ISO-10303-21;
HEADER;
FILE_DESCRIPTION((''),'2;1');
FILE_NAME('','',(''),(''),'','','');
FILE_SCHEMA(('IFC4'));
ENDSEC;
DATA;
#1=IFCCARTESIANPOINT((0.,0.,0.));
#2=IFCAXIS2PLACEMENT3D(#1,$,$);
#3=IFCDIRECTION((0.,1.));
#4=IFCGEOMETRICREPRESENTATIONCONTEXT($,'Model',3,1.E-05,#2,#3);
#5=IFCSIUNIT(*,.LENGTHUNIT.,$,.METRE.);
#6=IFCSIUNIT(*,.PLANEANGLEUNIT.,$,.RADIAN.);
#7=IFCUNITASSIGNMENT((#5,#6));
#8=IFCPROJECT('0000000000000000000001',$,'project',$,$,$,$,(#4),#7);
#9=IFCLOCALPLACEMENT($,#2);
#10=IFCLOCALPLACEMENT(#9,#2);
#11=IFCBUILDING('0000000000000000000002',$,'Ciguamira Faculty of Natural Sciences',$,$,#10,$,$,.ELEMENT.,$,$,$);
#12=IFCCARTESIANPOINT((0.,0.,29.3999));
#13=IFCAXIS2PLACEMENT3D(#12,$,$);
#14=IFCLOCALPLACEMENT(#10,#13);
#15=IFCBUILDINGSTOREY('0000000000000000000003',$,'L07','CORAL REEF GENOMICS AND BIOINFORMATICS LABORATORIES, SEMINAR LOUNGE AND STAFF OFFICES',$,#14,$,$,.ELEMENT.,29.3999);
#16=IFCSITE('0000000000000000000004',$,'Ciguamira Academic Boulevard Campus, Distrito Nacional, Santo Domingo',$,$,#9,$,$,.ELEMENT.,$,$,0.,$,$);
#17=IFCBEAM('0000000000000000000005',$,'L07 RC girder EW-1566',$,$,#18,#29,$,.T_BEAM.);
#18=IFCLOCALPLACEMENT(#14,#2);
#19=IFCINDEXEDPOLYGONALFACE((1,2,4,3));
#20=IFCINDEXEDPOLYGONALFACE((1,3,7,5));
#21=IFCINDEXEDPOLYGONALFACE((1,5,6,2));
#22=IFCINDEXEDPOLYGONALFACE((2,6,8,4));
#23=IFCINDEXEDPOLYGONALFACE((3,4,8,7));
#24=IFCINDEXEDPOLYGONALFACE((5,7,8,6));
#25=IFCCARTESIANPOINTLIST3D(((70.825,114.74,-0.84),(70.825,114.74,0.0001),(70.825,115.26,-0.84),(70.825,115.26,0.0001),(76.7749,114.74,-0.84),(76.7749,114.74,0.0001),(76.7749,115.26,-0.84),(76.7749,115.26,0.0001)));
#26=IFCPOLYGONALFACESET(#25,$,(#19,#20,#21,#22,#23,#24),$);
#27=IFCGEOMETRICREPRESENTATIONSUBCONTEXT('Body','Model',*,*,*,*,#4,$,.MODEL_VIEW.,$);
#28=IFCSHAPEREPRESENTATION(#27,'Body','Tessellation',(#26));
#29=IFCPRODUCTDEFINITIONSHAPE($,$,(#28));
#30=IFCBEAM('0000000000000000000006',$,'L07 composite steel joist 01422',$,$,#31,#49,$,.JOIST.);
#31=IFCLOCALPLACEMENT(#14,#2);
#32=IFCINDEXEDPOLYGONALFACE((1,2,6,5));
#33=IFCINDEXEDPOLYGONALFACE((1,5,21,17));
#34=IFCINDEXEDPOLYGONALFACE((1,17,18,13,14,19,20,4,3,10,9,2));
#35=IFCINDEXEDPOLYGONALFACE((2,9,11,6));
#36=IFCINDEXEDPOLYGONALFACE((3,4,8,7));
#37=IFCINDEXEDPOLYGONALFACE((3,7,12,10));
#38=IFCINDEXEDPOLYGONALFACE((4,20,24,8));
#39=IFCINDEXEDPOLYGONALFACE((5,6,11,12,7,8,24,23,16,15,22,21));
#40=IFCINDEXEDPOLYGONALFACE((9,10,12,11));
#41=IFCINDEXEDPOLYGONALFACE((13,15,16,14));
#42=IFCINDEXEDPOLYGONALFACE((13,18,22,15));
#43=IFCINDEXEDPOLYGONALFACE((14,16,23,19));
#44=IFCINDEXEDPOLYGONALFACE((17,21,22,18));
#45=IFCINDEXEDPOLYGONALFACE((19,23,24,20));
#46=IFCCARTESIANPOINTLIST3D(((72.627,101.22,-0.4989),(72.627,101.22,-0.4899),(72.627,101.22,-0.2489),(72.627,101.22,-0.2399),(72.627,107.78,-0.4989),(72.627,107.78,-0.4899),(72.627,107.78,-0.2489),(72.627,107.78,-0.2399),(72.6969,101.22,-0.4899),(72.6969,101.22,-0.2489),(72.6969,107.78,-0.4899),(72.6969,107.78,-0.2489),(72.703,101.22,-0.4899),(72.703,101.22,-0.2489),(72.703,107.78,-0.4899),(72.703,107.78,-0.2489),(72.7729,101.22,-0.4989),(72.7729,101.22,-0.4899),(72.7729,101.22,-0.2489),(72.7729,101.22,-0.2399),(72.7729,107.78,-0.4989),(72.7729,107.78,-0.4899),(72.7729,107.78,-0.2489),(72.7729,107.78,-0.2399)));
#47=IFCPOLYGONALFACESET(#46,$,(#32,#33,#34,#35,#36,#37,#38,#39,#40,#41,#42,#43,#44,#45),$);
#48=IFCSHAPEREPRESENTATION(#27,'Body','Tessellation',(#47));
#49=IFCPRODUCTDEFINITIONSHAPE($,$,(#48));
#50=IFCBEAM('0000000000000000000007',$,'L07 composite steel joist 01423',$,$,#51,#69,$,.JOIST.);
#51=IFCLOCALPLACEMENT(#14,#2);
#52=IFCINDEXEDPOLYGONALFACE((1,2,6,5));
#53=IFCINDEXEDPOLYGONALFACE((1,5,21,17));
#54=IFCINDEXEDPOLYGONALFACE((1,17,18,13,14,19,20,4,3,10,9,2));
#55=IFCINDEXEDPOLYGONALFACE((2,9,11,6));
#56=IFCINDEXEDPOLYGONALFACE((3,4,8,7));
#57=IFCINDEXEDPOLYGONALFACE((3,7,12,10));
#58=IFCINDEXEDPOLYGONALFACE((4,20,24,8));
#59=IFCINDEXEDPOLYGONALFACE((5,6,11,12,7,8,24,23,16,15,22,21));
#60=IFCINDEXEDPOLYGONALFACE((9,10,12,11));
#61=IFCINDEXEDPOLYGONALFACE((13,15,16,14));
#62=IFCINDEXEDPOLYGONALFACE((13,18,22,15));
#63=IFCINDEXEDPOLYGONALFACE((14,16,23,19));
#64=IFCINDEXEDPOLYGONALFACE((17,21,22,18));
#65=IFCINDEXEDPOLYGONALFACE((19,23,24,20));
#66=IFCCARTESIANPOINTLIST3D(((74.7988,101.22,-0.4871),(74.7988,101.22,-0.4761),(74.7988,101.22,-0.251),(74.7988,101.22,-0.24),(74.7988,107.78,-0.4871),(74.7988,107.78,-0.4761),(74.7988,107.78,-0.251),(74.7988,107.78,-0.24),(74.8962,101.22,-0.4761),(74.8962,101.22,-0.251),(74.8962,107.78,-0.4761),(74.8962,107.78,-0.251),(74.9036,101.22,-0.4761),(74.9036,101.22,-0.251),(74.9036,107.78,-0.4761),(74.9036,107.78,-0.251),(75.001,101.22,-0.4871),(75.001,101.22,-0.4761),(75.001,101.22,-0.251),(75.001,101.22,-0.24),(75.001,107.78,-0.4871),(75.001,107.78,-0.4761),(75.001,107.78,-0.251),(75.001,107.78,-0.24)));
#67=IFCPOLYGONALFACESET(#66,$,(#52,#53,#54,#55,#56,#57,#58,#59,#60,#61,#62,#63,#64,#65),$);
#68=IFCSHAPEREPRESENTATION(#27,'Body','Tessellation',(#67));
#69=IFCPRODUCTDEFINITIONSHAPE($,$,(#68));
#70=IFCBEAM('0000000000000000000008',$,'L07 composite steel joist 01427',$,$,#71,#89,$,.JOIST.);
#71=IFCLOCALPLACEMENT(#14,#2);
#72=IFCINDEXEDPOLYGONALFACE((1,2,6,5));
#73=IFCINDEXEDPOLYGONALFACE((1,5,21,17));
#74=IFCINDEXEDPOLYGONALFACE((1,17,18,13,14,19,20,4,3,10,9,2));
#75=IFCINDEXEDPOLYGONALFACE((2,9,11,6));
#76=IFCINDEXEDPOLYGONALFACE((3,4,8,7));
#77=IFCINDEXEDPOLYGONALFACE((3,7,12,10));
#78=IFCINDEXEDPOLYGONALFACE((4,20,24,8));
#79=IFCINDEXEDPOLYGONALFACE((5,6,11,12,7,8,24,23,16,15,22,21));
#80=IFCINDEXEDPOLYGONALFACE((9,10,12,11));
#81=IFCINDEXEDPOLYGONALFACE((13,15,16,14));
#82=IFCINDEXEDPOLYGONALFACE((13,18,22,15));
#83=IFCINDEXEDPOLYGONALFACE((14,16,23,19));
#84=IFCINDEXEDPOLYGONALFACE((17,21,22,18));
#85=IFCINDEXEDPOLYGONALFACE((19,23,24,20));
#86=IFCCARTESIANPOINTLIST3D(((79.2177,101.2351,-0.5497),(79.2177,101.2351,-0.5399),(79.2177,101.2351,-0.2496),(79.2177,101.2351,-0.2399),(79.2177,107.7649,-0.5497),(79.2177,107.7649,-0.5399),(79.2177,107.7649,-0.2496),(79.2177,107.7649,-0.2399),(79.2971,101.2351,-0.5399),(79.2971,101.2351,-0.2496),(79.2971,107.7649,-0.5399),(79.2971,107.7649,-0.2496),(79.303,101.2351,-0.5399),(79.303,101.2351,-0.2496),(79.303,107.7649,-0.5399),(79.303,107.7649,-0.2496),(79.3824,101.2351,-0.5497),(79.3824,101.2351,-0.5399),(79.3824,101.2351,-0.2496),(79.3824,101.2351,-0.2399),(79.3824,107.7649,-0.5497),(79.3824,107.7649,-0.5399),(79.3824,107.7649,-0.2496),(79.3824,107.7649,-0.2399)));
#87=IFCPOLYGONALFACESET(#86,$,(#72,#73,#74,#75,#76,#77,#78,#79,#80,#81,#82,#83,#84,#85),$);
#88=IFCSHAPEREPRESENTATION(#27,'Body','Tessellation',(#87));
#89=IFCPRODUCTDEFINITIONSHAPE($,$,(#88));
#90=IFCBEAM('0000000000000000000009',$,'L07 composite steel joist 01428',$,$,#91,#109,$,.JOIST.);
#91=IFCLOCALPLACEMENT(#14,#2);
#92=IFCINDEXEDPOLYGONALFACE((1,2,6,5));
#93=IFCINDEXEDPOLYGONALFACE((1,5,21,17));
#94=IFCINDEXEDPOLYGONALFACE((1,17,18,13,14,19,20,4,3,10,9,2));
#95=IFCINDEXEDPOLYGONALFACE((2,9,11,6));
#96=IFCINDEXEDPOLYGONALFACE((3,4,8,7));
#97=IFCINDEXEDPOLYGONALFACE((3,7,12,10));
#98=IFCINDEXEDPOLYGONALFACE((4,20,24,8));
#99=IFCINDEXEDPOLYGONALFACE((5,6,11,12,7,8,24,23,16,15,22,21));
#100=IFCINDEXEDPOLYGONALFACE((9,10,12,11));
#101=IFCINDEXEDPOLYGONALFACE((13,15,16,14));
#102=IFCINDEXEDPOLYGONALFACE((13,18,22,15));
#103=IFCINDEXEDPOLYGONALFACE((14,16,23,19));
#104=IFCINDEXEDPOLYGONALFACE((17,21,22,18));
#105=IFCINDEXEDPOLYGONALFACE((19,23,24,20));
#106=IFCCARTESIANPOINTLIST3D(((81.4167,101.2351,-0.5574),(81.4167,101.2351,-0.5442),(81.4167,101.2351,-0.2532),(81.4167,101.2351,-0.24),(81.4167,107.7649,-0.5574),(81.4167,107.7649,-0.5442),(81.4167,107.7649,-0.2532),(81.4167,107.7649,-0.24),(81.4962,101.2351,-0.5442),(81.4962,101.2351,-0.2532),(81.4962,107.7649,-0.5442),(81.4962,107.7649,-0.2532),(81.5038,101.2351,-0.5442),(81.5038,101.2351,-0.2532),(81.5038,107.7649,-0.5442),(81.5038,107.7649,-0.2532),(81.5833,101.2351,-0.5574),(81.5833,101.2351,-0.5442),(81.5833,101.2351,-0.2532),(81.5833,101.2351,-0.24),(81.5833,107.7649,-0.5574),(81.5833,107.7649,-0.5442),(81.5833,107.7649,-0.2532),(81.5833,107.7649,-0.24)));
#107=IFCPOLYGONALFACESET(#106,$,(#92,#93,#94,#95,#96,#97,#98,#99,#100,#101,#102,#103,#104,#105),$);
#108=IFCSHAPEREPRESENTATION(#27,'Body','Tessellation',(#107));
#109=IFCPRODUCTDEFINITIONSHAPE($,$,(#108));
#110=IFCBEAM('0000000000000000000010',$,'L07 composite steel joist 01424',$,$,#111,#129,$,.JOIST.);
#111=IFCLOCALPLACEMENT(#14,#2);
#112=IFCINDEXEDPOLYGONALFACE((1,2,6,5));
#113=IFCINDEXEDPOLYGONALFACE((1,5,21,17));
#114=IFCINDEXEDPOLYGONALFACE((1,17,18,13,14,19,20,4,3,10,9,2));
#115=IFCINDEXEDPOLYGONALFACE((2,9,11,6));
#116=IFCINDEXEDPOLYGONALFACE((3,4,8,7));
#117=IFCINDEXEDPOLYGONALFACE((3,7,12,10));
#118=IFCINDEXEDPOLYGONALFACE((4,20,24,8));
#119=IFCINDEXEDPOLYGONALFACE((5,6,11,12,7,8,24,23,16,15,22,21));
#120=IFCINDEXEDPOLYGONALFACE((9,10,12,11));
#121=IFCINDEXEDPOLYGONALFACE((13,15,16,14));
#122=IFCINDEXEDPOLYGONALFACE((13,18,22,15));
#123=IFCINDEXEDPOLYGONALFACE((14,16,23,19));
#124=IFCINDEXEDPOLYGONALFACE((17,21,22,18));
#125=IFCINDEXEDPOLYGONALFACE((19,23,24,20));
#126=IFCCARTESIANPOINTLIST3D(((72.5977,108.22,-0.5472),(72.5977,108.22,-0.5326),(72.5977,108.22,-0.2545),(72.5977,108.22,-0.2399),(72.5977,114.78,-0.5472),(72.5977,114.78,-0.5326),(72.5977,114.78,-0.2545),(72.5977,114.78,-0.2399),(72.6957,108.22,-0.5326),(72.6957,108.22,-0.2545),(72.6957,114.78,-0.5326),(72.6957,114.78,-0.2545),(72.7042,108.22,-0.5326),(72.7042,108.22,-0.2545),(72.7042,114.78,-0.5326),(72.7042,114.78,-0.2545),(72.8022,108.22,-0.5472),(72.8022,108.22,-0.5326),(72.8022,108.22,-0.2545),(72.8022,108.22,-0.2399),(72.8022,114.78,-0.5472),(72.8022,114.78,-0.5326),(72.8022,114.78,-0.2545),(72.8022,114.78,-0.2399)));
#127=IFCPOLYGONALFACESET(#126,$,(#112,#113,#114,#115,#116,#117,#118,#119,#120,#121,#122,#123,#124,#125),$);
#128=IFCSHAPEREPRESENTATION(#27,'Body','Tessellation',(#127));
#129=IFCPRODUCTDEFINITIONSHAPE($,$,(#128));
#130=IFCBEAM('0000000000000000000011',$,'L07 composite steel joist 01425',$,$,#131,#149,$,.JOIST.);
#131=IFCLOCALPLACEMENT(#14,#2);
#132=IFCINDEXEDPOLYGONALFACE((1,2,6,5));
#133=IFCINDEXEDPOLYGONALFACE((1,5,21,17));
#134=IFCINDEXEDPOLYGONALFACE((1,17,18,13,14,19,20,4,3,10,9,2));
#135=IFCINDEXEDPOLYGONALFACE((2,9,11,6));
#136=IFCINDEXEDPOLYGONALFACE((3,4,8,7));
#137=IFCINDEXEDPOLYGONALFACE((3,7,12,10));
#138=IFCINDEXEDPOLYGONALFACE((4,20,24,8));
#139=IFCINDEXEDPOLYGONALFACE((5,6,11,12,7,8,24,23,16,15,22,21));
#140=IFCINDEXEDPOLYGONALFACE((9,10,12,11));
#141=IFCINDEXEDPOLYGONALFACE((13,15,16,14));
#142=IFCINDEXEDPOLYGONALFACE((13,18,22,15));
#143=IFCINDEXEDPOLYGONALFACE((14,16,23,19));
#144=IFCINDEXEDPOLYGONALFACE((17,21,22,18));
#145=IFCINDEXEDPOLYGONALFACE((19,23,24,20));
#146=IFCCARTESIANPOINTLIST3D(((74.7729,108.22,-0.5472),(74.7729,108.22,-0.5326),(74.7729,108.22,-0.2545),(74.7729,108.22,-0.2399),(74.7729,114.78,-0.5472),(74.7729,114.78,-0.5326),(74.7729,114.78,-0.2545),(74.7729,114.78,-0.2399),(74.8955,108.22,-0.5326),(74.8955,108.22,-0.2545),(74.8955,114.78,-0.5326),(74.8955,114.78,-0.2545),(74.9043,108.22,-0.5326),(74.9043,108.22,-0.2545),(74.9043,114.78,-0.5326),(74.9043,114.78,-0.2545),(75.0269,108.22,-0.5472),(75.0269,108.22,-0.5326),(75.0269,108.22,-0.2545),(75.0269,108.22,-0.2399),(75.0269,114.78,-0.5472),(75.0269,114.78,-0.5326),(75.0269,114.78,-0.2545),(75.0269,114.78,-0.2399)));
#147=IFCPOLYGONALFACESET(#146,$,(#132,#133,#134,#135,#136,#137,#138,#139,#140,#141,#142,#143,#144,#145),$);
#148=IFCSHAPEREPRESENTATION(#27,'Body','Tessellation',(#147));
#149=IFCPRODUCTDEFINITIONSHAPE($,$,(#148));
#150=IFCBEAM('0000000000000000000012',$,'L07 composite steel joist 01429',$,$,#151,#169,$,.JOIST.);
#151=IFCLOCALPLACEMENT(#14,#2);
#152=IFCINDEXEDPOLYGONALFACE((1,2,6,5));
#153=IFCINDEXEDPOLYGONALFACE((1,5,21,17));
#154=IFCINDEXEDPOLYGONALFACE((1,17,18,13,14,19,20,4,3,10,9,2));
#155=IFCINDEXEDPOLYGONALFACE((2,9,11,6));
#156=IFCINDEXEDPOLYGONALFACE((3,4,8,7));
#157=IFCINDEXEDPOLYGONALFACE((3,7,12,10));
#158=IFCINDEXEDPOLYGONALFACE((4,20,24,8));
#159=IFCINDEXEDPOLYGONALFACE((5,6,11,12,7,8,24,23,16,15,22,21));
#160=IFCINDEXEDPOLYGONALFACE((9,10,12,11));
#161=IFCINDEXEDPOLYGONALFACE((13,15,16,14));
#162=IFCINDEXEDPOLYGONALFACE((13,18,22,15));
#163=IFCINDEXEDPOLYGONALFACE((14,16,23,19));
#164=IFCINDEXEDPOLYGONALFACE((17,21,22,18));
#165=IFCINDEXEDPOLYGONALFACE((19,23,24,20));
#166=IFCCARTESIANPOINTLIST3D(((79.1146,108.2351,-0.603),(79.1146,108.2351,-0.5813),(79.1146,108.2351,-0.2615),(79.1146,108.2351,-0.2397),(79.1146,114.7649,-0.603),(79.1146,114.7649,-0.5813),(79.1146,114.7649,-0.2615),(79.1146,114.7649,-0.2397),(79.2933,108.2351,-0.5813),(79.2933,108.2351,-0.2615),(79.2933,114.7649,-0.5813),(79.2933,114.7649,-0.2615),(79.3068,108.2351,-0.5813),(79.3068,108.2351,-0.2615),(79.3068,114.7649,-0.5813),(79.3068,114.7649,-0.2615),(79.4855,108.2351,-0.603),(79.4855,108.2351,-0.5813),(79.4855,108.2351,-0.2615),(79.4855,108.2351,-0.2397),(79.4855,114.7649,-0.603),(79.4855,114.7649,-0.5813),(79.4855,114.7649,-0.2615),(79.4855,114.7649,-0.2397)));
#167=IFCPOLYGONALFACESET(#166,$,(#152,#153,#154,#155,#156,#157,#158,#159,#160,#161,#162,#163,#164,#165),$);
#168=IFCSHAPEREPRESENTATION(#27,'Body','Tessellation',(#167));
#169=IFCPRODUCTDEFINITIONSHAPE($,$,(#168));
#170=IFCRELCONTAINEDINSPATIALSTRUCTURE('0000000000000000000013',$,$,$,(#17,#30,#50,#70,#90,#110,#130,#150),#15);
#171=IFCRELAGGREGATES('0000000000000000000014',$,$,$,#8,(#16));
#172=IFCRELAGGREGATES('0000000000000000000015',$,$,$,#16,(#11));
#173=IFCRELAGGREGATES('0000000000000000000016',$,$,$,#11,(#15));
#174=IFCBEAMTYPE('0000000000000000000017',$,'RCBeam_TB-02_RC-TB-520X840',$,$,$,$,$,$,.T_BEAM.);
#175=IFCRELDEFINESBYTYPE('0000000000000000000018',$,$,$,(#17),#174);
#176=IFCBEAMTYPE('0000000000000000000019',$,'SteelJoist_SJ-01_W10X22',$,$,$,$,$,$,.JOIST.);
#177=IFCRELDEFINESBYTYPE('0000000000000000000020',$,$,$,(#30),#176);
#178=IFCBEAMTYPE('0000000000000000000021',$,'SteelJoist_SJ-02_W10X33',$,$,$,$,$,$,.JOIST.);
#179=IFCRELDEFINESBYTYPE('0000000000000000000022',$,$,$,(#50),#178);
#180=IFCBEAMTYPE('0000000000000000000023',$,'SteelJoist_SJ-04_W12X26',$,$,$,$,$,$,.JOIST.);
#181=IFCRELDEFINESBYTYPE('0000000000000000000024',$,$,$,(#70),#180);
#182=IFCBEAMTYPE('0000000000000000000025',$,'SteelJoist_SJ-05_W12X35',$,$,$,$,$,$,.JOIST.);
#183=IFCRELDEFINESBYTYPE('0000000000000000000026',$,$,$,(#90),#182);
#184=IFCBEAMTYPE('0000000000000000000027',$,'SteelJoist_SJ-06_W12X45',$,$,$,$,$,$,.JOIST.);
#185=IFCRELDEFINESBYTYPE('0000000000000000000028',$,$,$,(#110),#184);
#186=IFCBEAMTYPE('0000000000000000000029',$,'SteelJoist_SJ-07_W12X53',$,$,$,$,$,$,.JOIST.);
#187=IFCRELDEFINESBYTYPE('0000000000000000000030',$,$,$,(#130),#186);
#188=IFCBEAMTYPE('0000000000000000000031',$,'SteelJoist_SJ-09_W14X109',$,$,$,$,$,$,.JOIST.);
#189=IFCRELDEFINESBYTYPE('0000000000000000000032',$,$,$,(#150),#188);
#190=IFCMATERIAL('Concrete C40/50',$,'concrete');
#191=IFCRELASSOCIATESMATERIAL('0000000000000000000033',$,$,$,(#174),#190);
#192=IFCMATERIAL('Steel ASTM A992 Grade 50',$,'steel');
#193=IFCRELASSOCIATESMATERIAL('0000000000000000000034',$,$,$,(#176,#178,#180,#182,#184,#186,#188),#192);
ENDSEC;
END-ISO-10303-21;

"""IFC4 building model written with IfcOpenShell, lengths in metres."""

from ifc_helpers import new_model, si_unit, direction, frame, origin, origin_2d, place, context, subcontext, project, spatial, rectangle, i_section, extrude, material, material_profile, profile_set, type_object, element, save


model = new_model("IFC4")

# Units and contexts
model_context = context("Model", 3, precision=1e-05, world=origin(), true_north=direction((0.0, 1.0)))
body_context = subcontext(model_context, "Body", "Model", "MODEL_VIEW")
ifc_project = project(units=[si_unit("LENGTHUNIT", "METRE"), si_unit("PLANEANGLEUNIT", "RADIAN")], contexts=[model_context])

# Site, building, storey
site_placement = place(None, origin())
site = spatial("IfcSite", under=ifc_project, at=site_placement, Name="Ciguamira Academic Boulevard Campus, Distrito Nacional, Santo Domingo", CompositionType="ELEMENT", RefElevation=0.0)
building_placement = place(site_placement, origin())
building = spatial("IfcBuilding", under=site, at=building_placement, Name="Ciguamira Faculty of Natural Sciences", CompositionType="ELEMENT")
storey_placement = place(building_placement, frame((0.0, 0.0, 29.3999)))
storey = spatial("IfcBuildingStorey", under=building, at=storey_placement, Name="L07", Description="CORAL REEF GENOMICS AND BIOINFORMATICS LABORATORIES, SEMINAR LOUNGE AND STAFF OFFICES", CompositionType="ELEMENT", Elevation=29.3999)

# Shared definitions
ifc_material_1 = material(Name="Concrete C40/50", Category="concrete")

# Beams
ifc_material_profile_1 = material_profile(ifc_material_1, rectangle(XDim=0.52, YDim=0.8401, at=origin_2d()), Name="RC-TB-520X840")
ifc_profile_set_1 = profile_set([ifc_material_profile_1], Name="Concrete C40/50")
beam_type_1 = type_object("IfcBeamType", Name="RCBeam_TB-02_RC-TB-520X840", PredefinedType="T_BEAM", material=ifc_profile_set_1)
for number, where, z_axis, x_axis, name in (
    (1, (70.825, 115.0, -0.4199), (1.0, 0.0, 0.0), (0.0, 1.0, 0.0), "L07 RC girder EW-1566"),
):
    element("IfcBeam", number, at=place(storey_placement, frame(where, z_axis=z_axis, x_axis=x_axis)), inside=storey, type_object=beam_type_1, Name=name, PredefinedType="T_BEAM", context=body_context, shape_type="SweptSolid", body=[
        extrude(rectangle(XDim=0.52, YDim=0.8401, at=origin_2d()), origin(), (0.0, 0.0, 1.0), 5.95),
    ])
ifc_material_2 = material(Name="Steel ASTM A992 Grade 50", Category="steel")
ifc_material_profile_2 = material_profile(ifc_material_2, i_section(OverallWidth=0.146, OverallDepth=0.259, WebThickness=0.0061, FlangeThickness=0.009, at=origin_2d()), Name="W10X22")
ifc_profile_set_2 = profile_set([ifc_material_profile_2], Name="Steel ASTM A992 Grade 50")
beam_type_2 = type_object("IfcBeamType", Name="SteelJoist_SJ-01_W10X22", PredefinedType="JOIST", material=ifc_profile_set_2)
beam_1_placement = place(storey_placement, frame((72.7, 101.22, -0.3694), z_axis=(0.0, 1.0, 0.0), x_axis=(-1.0, 0.0, 0.0)))
element("IfcBeam", 2, at=beam_1_placement, inside=storey, type_object=beam_type_2, Name="L07 composite steel joist 01422", PredefinedType="JOIST", context=body_context, shape_type="SweptSolid", body=[
    extrude(i_section(OverallWidth=0.146, OverallDepth=0.259, WebThickness=0.0061, FlangeThickness=0.009, at=origin_2d()), origin(), (0.0, 0.0, 1.0), 6.5601),
])
ifc_material_profile_3 = material_profile(ifc_material_2, i_section(OverallWidth=0.2021, OverallDepth=0.2471, WebThickness=0.0073, FlangeThickness=0.011, at=origin_2d()), Name="W10X33")
ifc_profile_set_3 = profile_set([ifc_material_profile_3], Name="Steel ASTM A992 Grade 50")
beam_type_3 = type_object("IfcBeamType", Name="SteelJoist_SJ-02_W10X33", PredefinedType="JOIST", material=ifc_profile_set_3)
beam_2_placement = place(storey_placement, frame((74.8999, 101.22, -0.3635), z_axis=(0.0, 1.0, 0.0), x_axis=(-1.0, 0.0, 0.0)))
element("IfcBeam", 3, at=beam_2_placement, inside=storey, type_object=beam_type_3, Name="L07 composite steel joist 01423", PredefinedType="JOIST", context=body_context, shape_type="SweptSolid", body=[
    extrude(i_section(OverallWidth=0.2021, OverallDepth=0.2471, WebThickness=0.0073, FlangeThickness=0.011, at=origin_2d()), origin(), (0.0, 0.0, 1.0), 6.5601),
])
ifc_material_profile_4 = material_profile(ifc_material_2, i_section(OverallWidth=0.1648, OverallDepth=0.3098, WebThickness=0.0059, FlangeThickness=0.0098, at=origin_2d()), Name="W12X26")
ifc_profile_set_4 = profile_set([ifc_material_profile_4], Name="Steel ASTM A992 Grade 50")
beam_type_4 = type_object("IfcBeamType", Name="SteelJoist_SJ-04_W12X26", PredefinedType="JOIST", material=ifc_profile_set_4)
beam_3_placement = place(storey_placement, frame((79.3, 101.2351, -0.3948), z_axis=(0.0, 1.0, 0.0), x_axis=(-1.0, 0.0, 0.0)))
element("IfcBeam", 4, at=beam_3_placement, inside=storey, type_object=beam_type_4, Name="L07 composite steel joist 01427", PredefinedType="JOIST", context=body_context, shape_type="SweptSolid", body=[
    extrude(i_section(OverallWidth=0.1648, OverallDepth=0.3098, WebThickness=0.0059, FlangeThickness=0.0098, at=origin_2d()), origin(), (0.0, 0.0, 1.0), 6.5298),
])
ifc_material_profile_5 = material_profile(ifc_material_2, i_section(OverallWidth=0.1665, OverallDepth=0.3174, WebThickness=0.0076, FlangeThickness=0.0132, at=origin_2d()), Name="W12X35")
ifc_profile_set_5 = profile_set([ifc_material_profile_5], Name="Steel ASTM A992 Grade 50")
beam_type_5 = type_object("IfcBeamType", Name="SteelJoist_SJ-05_W12X35", PredefinedType="JOIST", material=ifc_profile_set_5)
beam_4_placement = place(storey_placement, frame((81.5, 101.2351, -0.3987), z_axis=(0.0, 1.0, 0.0), x_axis=(-1.0, 0.0, 0.0)))
element("IfcBeam", 5, at=beam_4_placement, inside=storey, type_object=beam_type_5, Name="L07 composite steel joist 01428", PredefinedType="JOIST", context=body_context, shape_type="SweptSolid", body=[
    extrude(i_section(OverallWidth=0.1665, OverallDepth=0.3174, WebThickness=0.0076, FlangeThickness=0.0132, at=origin_2d()), origin(), (0.0, 0.0, 1.0), 6.5298),
])
ifc_material_profile_6 = material_profile(ifc_material_2, i_section(OverallWidth=0.2046, OverallDepth=0.3074, WebThickness=0.0085, FlangeThickness=0.0146, at=origin_2d()), Name="W12X45")
ifc_profile_set_6 = profile_set([ifc_material_profile_6], Name="Steel ASTM A992 Grade 50")
beam_type_6 = type_object("IfcBeamType", Name="SteelJoist_SJ-06_W12X45", PredefinedType="JOIST", material=ifc_profile_set_6)
beam_5_placement = place(storey_placement, frame((72.7, 108.22, -0.3936), z_axis=(0.0, 1.0, 0.0), x_axis=(-1.0, 0.0, 0.0)))
element("IfcBeam", 6, at=beam_5_placement, inside=storey, type_object=beam_type_6, Name="L07 composite steel joist 01424", PredefinedType="JOIST", context=body_context, shape_type="SweptSolid", body=[
    extrude(i_section(OverallWidth=0.2046, OverallDepth=0.3074, WebThickness=0.0085, FlangeThickness=0.0146, at=origin_2d()), origin(), (0.0, 0.0, 1.0), 6.5601),
])
ifc_material_profile_7 = material_profile(ifc_material_2, i_section(OverallWidth=0.2539, OverallDepth=0.3074, WebThickness=0.0088, FlangeThickness=0.0146, at=origin_2d()), Name="W12X53")
ifc_profile_set_7 = profile_set([ifc_material_profile_7], Name="Steel ASTM A992 Grade 50")
beam_type_7 = type_object("IfcBeamType", Name="SteelJoist_SJ-07_W12X53", PredefinedType="JOIST", material=ifc_profile_set_7)
beam_6_placement = place(storey_placement, frame((74.8999, 108.22, -0.3936), z_axis=(0.0, 1.0, 0.0), x_axis=(-1.0, 0.0, 0.0)))
element("IfcBeam", 7, at=beam_6_placement, inside=storey, type_object=beam_type_7, Name="L07 composite steel joist 01425", PredefinedType="JOIST", context=body_context, shape_type="SweptSolid", body=[
    extrude(i_section(OverallWidth=0.2539, OverallDepth=0.3074, WebThickness=0.0088, FlangeThickness=0.0146, at=origin_2d()), origin(), (0.0, 0.0, 1.0), 6.5601),
])
ifc_material_profile_8 = material_profile(ifc_material_2, i_section(OverallWidth=0.3708, OverallDepth=0.3633, WebThickness=0.0134, FlangeThickness=0.0217, at=origin_2d()), Name="W14X109")
ifc_profile_set_8 = profile_set([ifc_material_profile_8], Name="Steel ASTM A992 Grade 50")
beam_type_8 = type_object("IfcBeamType", Name="SteelJoist_SJ-09_W14X109", PredefinedType="JOIST", material=ifc_profile_set_8)
beam_7_placement = place(storey_placement, frame((79.3, 108.2351, -0.4214), z_axis=(0.0, 1.0, 0.0), x_axis=(-1.0, 0.0, 0.0)))
element("IfcBeam", 8, at=beam_7_placement, inside=storey, type_object=beam_type_8, Name="L07 composite steel joist 01429", PredefinedType="JOIST", context=body_context, shape_type="SweptSolid", body=[
    extrude(i_section(OverallWidth=0.3708, OverallDepth=0.3633, WebThickness=0.0134, FlangeThickness=0.0217, at=origin_2d()), origin(), (0.0, 0.0, 1.0), 6.5298),
])

save(model, "model.ifc")
